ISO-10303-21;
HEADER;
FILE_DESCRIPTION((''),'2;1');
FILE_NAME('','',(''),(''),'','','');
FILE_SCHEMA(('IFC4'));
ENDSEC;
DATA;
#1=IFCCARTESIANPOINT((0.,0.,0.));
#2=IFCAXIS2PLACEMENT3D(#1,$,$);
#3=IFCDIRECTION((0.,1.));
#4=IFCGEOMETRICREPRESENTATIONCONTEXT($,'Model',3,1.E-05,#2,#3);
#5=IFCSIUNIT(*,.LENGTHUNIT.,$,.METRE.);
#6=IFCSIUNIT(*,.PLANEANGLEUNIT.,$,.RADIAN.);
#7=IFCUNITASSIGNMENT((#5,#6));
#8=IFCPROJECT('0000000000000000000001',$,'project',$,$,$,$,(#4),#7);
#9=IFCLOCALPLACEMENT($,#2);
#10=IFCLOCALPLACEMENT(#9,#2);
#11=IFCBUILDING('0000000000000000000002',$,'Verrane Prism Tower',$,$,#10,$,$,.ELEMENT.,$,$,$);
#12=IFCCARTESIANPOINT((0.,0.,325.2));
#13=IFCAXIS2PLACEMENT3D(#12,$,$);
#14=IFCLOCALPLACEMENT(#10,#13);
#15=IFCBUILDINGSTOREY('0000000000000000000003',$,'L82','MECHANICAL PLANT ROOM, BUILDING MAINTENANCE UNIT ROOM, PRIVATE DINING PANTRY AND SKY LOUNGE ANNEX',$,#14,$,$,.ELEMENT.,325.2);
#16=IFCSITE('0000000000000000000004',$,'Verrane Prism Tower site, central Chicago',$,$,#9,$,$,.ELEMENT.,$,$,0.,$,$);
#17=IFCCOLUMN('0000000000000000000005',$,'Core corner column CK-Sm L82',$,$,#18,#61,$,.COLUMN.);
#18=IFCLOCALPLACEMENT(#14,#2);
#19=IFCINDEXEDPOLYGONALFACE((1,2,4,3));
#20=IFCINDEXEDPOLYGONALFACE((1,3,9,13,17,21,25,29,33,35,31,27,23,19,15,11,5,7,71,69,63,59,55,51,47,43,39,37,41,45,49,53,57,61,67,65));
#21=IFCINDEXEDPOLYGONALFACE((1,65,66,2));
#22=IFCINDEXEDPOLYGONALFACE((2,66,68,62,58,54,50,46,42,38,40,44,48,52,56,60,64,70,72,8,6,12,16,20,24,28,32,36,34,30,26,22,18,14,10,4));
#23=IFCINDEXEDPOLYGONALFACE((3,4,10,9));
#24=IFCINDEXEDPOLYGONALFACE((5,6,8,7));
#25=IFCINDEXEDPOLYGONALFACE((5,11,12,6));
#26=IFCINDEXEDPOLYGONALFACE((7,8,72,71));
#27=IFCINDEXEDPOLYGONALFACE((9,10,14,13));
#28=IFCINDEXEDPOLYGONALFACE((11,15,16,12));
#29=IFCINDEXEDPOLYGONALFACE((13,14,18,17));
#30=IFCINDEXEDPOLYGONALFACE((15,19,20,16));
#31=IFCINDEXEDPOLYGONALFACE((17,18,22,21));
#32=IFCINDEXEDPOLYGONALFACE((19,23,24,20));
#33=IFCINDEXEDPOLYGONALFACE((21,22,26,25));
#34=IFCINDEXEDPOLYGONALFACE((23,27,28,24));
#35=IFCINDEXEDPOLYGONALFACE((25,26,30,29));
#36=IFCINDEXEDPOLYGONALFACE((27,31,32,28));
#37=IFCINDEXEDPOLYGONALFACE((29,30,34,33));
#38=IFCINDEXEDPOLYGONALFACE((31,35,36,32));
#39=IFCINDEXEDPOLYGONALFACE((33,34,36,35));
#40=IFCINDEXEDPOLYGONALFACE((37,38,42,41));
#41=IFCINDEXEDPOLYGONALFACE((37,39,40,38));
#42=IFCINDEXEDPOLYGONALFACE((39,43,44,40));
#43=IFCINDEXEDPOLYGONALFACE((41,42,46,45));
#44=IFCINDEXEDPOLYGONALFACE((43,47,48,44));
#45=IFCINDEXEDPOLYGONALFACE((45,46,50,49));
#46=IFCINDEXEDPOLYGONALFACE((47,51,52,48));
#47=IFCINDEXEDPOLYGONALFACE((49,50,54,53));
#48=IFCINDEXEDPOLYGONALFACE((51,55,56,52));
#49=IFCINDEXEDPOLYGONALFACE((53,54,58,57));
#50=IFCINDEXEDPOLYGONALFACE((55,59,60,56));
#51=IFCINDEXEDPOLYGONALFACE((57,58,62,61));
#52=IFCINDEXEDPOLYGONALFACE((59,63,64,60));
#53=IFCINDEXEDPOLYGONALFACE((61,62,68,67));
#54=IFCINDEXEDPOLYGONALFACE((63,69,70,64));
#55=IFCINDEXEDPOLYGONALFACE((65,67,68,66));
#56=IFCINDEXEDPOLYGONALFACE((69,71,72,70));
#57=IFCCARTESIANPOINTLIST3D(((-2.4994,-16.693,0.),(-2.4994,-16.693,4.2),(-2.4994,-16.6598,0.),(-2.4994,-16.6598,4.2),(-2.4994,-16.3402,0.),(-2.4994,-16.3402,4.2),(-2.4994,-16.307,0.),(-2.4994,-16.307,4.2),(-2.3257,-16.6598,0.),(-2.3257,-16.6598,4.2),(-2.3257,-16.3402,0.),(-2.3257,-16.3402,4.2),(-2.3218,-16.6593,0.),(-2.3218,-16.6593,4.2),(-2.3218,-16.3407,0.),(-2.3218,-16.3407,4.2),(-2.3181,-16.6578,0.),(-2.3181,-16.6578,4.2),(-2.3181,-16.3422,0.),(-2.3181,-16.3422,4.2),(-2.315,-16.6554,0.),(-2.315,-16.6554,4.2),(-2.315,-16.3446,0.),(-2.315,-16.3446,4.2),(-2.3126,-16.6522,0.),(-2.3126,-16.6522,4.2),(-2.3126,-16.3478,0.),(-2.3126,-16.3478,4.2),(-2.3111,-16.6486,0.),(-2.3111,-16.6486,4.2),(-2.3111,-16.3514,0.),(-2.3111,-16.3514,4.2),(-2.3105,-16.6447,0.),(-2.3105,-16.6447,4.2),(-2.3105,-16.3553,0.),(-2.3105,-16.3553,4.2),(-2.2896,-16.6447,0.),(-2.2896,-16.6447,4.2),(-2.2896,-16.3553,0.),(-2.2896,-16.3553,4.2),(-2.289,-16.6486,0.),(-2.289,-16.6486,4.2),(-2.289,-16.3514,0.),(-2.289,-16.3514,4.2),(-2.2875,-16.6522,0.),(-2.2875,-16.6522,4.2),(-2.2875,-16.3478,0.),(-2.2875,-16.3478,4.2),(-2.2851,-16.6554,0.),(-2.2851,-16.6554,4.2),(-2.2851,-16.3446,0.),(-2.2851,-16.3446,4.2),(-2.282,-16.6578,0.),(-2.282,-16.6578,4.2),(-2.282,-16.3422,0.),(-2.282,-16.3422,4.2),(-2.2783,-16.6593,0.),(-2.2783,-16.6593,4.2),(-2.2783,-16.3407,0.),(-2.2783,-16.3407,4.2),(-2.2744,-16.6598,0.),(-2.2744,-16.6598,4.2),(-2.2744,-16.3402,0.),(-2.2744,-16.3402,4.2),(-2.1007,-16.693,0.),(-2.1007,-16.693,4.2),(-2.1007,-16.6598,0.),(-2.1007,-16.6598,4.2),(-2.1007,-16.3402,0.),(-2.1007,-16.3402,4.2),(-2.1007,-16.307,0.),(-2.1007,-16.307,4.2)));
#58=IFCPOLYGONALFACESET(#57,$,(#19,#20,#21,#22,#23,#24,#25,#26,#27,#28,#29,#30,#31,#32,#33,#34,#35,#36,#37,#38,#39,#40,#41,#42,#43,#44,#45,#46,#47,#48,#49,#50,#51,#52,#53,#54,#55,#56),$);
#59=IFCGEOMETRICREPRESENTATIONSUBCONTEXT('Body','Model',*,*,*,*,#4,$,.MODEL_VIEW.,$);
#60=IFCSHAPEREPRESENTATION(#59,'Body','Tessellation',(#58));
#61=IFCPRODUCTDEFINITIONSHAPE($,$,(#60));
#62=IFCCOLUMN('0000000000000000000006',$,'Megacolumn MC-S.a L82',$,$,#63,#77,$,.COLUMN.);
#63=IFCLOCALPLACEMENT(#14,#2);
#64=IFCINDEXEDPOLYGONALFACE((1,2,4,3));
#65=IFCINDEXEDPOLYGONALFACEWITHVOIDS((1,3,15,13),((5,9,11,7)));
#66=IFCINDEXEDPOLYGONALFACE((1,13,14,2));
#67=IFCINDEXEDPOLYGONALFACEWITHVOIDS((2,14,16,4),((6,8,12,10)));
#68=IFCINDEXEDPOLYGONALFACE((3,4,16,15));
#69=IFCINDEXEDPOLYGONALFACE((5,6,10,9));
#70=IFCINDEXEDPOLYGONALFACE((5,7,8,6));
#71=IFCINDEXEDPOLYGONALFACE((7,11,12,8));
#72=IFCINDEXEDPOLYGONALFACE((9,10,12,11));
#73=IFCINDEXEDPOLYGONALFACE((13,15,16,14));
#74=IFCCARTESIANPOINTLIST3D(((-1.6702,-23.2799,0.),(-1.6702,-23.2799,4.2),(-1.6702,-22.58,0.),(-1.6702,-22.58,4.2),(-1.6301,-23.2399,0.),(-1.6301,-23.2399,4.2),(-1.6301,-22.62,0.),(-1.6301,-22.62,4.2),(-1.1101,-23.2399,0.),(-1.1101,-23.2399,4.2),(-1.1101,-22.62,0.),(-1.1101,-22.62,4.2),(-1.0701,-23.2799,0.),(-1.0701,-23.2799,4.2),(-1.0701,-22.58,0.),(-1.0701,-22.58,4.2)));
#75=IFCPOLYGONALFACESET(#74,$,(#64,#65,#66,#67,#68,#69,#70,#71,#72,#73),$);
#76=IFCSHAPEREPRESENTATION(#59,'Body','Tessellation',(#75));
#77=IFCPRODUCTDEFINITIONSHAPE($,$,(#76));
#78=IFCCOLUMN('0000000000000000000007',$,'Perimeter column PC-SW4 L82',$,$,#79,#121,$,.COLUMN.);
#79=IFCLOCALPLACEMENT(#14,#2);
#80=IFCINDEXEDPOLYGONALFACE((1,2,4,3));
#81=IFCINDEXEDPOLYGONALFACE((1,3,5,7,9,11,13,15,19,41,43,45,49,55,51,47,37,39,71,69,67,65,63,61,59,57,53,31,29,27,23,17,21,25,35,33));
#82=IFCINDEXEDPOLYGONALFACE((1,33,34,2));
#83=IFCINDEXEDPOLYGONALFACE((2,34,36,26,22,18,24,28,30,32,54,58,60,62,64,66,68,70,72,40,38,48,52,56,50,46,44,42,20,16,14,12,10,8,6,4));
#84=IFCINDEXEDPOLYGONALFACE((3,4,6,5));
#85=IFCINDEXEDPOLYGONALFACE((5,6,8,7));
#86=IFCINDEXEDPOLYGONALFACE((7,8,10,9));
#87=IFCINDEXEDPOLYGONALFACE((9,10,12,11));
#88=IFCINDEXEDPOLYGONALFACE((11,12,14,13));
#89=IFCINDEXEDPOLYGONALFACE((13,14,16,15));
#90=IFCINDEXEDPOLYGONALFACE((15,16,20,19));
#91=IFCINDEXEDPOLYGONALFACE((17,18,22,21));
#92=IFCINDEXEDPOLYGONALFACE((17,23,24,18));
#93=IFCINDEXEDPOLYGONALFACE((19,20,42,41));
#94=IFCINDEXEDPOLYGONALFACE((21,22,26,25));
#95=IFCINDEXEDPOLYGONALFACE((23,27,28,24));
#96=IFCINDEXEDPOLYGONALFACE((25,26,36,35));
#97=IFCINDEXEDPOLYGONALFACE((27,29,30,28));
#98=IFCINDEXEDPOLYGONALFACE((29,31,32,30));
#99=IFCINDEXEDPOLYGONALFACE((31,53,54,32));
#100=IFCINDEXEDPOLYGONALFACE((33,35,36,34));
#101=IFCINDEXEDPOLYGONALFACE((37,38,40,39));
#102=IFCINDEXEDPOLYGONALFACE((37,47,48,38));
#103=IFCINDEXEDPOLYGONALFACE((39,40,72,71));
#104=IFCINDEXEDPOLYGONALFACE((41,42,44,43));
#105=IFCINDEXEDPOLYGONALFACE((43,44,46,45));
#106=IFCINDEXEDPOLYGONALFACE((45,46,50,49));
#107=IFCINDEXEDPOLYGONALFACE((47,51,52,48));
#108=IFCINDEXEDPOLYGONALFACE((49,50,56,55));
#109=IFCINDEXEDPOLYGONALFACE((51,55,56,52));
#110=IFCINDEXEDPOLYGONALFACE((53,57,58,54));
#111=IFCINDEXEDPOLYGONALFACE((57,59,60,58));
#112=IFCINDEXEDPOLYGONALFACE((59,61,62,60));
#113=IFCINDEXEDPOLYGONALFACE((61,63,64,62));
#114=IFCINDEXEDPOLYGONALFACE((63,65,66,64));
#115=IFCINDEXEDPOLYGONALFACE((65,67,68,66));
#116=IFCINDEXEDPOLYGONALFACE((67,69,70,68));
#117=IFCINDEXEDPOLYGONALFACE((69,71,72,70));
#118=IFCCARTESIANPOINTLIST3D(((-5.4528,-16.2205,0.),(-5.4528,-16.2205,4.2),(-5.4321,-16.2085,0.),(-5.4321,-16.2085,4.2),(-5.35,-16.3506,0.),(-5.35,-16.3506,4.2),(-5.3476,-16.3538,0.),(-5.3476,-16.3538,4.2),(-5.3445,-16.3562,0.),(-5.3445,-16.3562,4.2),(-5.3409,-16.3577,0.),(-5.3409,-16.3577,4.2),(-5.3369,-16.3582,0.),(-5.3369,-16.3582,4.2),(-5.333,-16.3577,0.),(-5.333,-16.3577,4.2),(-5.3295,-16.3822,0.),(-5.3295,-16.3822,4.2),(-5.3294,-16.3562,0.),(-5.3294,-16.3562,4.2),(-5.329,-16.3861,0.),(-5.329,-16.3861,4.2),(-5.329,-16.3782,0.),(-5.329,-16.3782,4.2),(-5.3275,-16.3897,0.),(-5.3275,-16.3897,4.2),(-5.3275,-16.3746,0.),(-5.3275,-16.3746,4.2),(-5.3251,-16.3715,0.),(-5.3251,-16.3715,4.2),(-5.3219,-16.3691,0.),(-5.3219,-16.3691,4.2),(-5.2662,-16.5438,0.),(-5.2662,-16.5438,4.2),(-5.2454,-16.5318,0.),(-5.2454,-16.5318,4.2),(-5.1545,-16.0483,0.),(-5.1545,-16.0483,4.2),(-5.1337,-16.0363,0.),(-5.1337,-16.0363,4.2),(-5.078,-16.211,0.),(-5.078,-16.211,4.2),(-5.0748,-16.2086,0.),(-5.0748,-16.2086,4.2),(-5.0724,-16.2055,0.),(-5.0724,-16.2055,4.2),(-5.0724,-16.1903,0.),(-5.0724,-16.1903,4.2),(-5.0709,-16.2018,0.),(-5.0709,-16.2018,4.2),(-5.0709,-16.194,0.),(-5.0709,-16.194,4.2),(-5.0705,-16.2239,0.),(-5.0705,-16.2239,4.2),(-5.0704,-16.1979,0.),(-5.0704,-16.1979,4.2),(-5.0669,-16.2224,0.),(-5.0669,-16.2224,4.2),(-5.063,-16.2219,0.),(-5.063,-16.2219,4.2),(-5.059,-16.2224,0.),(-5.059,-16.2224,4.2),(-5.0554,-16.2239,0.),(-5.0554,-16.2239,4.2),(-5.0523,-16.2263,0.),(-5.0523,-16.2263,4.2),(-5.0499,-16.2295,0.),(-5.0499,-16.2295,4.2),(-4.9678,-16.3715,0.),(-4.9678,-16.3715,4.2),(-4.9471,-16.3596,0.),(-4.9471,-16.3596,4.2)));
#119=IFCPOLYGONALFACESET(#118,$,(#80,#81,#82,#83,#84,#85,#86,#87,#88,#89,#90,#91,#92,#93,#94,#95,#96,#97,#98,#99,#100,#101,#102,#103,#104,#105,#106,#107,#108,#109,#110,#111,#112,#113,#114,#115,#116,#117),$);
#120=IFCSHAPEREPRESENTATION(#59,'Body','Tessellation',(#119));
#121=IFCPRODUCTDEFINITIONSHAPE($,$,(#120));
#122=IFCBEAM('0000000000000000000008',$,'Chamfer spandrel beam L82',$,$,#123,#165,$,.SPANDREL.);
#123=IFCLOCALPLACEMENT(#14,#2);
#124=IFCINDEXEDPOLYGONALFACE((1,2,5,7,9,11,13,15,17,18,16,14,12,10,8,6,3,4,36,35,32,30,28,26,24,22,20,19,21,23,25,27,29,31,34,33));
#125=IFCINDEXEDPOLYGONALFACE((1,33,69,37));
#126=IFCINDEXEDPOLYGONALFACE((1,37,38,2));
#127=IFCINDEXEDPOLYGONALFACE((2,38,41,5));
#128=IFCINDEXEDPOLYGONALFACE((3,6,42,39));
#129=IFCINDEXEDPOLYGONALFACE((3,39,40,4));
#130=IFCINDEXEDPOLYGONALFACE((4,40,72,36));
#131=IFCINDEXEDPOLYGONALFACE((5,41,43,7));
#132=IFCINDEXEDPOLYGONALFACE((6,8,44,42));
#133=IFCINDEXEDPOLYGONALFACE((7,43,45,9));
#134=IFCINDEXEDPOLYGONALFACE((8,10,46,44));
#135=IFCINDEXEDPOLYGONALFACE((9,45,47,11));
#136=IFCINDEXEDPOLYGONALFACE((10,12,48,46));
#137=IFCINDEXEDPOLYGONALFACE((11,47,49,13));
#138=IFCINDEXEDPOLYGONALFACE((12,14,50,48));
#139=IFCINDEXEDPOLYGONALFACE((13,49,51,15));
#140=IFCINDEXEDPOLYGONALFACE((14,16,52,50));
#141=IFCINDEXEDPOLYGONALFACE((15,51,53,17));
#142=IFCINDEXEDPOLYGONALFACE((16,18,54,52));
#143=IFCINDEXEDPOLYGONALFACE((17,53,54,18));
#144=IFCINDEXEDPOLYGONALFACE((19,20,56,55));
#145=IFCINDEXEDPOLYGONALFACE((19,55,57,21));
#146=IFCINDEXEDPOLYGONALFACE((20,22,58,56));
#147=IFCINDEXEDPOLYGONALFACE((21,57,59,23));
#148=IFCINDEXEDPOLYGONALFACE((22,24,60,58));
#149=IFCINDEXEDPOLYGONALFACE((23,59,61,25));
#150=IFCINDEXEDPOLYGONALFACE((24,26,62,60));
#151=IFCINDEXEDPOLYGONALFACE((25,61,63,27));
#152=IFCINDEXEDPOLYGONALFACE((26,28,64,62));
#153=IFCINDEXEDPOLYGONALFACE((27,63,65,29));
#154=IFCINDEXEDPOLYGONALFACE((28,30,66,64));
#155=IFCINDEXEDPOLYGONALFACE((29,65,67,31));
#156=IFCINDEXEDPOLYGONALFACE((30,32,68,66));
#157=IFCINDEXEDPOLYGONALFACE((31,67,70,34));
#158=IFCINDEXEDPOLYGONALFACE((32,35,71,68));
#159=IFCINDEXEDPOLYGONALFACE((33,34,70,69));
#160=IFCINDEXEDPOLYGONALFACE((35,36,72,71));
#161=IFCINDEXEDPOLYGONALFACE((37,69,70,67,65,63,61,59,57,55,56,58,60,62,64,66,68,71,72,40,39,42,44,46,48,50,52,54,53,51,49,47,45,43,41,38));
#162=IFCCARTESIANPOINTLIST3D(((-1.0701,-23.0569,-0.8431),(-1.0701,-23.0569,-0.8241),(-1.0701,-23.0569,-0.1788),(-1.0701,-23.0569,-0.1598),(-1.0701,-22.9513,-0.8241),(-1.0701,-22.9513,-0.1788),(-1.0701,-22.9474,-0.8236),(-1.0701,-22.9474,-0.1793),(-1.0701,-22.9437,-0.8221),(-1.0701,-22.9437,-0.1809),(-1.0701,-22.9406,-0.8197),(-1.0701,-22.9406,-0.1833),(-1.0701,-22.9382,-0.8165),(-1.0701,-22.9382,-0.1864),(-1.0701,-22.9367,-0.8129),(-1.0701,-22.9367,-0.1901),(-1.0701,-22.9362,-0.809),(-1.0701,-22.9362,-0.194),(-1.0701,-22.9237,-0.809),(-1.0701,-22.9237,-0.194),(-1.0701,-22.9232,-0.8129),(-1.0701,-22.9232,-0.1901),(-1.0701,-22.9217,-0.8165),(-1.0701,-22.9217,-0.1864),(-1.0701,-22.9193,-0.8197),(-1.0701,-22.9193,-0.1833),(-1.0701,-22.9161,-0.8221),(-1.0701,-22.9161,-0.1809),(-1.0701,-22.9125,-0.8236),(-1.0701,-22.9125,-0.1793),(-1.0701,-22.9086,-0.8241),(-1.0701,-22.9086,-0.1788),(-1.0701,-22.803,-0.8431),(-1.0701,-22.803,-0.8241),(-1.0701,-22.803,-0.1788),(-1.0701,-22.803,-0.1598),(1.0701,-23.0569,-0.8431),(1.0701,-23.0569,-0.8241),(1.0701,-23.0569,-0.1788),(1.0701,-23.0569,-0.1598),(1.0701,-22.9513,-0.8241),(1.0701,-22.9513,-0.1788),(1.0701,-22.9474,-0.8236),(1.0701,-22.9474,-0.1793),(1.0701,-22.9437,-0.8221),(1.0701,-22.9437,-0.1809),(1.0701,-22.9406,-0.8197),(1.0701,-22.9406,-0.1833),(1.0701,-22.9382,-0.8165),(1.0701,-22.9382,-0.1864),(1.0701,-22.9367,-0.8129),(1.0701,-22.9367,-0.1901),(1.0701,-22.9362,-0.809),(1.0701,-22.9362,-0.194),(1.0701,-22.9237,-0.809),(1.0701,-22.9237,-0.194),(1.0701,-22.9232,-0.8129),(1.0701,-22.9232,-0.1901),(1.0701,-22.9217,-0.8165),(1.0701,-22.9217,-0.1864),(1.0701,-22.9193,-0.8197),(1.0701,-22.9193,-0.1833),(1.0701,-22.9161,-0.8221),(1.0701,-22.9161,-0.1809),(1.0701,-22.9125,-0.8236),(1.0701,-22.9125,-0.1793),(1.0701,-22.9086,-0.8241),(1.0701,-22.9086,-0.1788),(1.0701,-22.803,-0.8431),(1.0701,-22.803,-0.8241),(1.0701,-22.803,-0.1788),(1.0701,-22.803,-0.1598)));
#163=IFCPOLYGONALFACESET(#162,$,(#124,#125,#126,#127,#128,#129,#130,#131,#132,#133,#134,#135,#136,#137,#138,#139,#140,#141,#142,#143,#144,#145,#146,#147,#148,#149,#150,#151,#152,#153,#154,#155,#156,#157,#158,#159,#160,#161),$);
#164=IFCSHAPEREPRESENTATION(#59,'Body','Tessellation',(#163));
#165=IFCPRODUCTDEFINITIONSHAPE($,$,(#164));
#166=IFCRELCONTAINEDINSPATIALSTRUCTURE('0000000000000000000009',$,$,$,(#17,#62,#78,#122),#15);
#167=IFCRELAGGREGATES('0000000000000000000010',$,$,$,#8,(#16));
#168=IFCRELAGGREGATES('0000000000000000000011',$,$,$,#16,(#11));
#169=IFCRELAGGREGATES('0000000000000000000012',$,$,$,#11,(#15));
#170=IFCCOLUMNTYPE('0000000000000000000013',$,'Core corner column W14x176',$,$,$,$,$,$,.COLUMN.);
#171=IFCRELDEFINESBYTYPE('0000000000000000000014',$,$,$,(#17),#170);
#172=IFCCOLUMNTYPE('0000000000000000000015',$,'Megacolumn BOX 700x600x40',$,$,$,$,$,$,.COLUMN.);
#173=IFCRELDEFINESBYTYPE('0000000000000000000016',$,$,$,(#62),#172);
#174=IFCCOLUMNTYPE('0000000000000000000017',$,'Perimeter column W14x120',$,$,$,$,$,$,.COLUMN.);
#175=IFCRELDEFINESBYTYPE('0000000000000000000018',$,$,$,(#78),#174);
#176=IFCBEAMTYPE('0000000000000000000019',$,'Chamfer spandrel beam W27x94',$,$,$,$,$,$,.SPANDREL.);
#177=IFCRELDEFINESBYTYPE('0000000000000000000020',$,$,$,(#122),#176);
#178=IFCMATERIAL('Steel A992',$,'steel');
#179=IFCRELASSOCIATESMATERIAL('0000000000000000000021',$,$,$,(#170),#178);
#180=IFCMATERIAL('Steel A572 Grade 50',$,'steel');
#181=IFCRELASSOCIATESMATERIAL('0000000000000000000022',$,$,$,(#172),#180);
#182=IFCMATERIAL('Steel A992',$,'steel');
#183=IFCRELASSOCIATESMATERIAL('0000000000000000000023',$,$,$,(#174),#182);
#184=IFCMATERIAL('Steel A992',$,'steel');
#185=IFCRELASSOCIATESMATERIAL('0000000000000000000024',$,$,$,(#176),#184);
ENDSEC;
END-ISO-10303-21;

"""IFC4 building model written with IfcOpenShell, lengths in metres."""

from ifc_helpers import new_model, si_unit, direction, frame, origin, origin_2d, place, context, subcontext, project, spatial, hollow_rectangle, i_section, extrude, material, material_profile, profile_set, type_object, element, save


model = new_model("IFC4")

# Units and contexts
model_context = context("Model", 3, precision=1e-05, world=origin(), true_north=direction((0.0, 1.0)))
body_context = subcontext(model_context, "Body", "Model", "MODEL_VIEW")
ifc_project = project(units=[si_unit("LENGTHUNIT", "METRE"), si_unit("PLANEANGLEUNIT", "RADIAN")], contexts=[model_context])

# Site, building, storey
site_placement = place(None, origin())
site = spatial("IfcSite", under=ifc_project, at=site_placement, Name="Verrane Prism Tower site, central Chicago", CompositionType="ELEMENT", RefElevation=0.0)
building_placement = place(site_placement, origin())
building = spatial("IfcBuilding", under=site, at=building_placement, Name="Verrane Prism Tower", CompositionType="ELEMENT")
storey_placement = place(building_placement, frame((0.0, 0.0, 325.2)))
storey = spatial("IfcBuildingStorey", under=building, at=storey_placement, Name="L82", Description="MECHANICAL PLANT ROOM, BUILDING MAINTENANCE UNIT ROOM, PRIVATE DINING PANTRY AND SKY LOUNGE ANNEX", CompositionType="ELEMENT", Elevation=325.2)

# Columns
ifc_material_1 = material(Name="Steel A992", Category="steel")
ifc_material_profile_1 = material_profile(ifc_material_1, i_section(OverallWidth=0.3987, OverallDepth=0.386, WebThickness=0.021, FlangeThickness=0.0332, FilletRadius=0.0151, at=origin_2d()), Name="W14x176")
ifc_profile_set_1 = profile_set([ifc_material_profile_1], Name="Steel A992")
column_type_1 = type_object("IfcColumnType", Name="Core corner column W14x176", PredefinedType="COLUMN", material=ifc_profile_set_1)
column_1_placement = place(storey_placement, frame((-2.3, -16.5, 0.0), z_axis=(0.0, 0.0, 1.0), x_axis=(-1.0, 0.0, 0.0)))
element("IfcColumn", 1, at=column_1_placement, inside=storey, type_object=column_type_1, Name="Core corner column CK-Sm L82", PredefinedType="COLUMN", context=body_context, shape_type="SweptSolid", body=[
    extrude(i_section(OverallWidth=0.3987, OverallDepth=0.386, WebThickness=0.021, FlangeThickness=0.0332, FilletRadius=0.0151, at=origin_2d()), origin(), (0.0, 0.0, 1.0), 4.2),
])
ifc_material_2 = material(Name="Steel A572 Grade 50", Category="steel")
ifc_material_profile_2 = material_profile(ifc_material_2, hollow_rectangle(XDim=0.6001, YDim=0.7, WallThickness=0.04, at=origin_2d()), Name="BOX 700x600x40")
ifc_profile_set_2 = profile_set([ifc_material_profile_2], Name="Steel A572 Grade 50")
column_type_2 = type_object("IfcColumnType", Name="Megacolumn BOX 700x600x40", PredefinedType="COLUMN", material=ifc_profile_set_2)
column_2_placement = place(storey_placement, frame((-1.3701, -22.9299, 0.0), z_axis=(0.0, 0.0, 1.0), x_axis=(-1.0, 0.0, 0.0)))
element("IfcColumn", 2, at=column_2_placement, inside=storey, type_object=column_type_2, Name="Megacolumn MC-S.a L82", PredefinedType="COLUMN", context=body_context, shape_type="SweptSolid", body=[
    extrude(hollow_rectangle(XDim=0.6001, YDim=0.7, WallThickness=0.04, at=origin_2d()), origin(), (0.0, 0.0, 1.0), 4.2),
])
ifc_material_3 = material(Name="Steel A992", Category="steel")
ifc_material_profile_3 = material_profile(ifc_material_3, i_section(OverallWidth=0.3733, OverallDepth=0.3684, WebThickness=0.0149, FlangeThickness=0.0239, FilletRadius=0.0151, at=origin_2d()), Name="W14x120")
ifc_profile_set_3 = profile_set([ifc_material_profile_3], Name="Steel A992")
column_type_3 = type_object("IfcColumnType", Name="Perimeter column W14x120", PredefinedType="COLUMN", material=ifc_profile_set_3)
column_3_placement = place(storey_placement, frame((-5.2, -16.29, 0.0), z_axis=(0.0, 0.0, 1.0), x_axis=(-0.5, 0.866025, 0.0)))
element("IfcColumn", 3, at=column_3_placement, inside=storey, type_object=column_type_3, Name="Perimeter column PC-SW4 L82", PredefinedType="COLUMN", context=body_context, shape_type="SweptSolid", body=[
    extrude(i_section(OverallWidth=0.3733, OverallDepth=0.3684, WebThickness=0.0149, FlangeThickness=0.0239, FilletRadius=0.0151, at=origin_2d()), origin(), (0.0, 0.0, 1.0), 4.2),
])

# Beam
ifc_material_4 = material(Name="Steel A992", Category="steel")
ifc_material_profile_4 = material_profile(ifc_material_4, i_section(OverallWidth=0.2539, OverallDepth=0.6833, WebThickness=0.0125, FlangeThickness=0.019, FilletRadius=0.0151, at=origin_2d()), Name="W27x94")
ifc_profile_set_4 = profile_set([ifc_material_profile_4], Name="Steel A992")
beam_type_1 = type_object("IfcBeamType", Name="Chamfer spandrel beam W27x94", PredefinedType="SPANDREL", material=ifc_profile_set_4)
beam_1_placement = place(storey_placement, frame((-1.0701, -22.9299, -0.5015), z_axis=(1.0, 0.0, 0.0), x_axis=(0.0, 1.0, 0.0)))
element("IfcBeam", 4, at=beam_1_placement, inside=storey, type_object=beam_type_1, Name="Chamfer spandrel beam L82", PredefinedType="SPANDREL", context=body_context, shape_type="SweptSolid", body=[
    extrude(i_section(OverallWidth=0.2539, OverallDepth=0.6833, WebThickness=0.0125, FlangeThickness=0.019, FilletRadius=0.0151, at=origin_2d()), origin(), (0.0, 0.0, 1.0), 2.1401),
])

save(model, "model.ifc")
